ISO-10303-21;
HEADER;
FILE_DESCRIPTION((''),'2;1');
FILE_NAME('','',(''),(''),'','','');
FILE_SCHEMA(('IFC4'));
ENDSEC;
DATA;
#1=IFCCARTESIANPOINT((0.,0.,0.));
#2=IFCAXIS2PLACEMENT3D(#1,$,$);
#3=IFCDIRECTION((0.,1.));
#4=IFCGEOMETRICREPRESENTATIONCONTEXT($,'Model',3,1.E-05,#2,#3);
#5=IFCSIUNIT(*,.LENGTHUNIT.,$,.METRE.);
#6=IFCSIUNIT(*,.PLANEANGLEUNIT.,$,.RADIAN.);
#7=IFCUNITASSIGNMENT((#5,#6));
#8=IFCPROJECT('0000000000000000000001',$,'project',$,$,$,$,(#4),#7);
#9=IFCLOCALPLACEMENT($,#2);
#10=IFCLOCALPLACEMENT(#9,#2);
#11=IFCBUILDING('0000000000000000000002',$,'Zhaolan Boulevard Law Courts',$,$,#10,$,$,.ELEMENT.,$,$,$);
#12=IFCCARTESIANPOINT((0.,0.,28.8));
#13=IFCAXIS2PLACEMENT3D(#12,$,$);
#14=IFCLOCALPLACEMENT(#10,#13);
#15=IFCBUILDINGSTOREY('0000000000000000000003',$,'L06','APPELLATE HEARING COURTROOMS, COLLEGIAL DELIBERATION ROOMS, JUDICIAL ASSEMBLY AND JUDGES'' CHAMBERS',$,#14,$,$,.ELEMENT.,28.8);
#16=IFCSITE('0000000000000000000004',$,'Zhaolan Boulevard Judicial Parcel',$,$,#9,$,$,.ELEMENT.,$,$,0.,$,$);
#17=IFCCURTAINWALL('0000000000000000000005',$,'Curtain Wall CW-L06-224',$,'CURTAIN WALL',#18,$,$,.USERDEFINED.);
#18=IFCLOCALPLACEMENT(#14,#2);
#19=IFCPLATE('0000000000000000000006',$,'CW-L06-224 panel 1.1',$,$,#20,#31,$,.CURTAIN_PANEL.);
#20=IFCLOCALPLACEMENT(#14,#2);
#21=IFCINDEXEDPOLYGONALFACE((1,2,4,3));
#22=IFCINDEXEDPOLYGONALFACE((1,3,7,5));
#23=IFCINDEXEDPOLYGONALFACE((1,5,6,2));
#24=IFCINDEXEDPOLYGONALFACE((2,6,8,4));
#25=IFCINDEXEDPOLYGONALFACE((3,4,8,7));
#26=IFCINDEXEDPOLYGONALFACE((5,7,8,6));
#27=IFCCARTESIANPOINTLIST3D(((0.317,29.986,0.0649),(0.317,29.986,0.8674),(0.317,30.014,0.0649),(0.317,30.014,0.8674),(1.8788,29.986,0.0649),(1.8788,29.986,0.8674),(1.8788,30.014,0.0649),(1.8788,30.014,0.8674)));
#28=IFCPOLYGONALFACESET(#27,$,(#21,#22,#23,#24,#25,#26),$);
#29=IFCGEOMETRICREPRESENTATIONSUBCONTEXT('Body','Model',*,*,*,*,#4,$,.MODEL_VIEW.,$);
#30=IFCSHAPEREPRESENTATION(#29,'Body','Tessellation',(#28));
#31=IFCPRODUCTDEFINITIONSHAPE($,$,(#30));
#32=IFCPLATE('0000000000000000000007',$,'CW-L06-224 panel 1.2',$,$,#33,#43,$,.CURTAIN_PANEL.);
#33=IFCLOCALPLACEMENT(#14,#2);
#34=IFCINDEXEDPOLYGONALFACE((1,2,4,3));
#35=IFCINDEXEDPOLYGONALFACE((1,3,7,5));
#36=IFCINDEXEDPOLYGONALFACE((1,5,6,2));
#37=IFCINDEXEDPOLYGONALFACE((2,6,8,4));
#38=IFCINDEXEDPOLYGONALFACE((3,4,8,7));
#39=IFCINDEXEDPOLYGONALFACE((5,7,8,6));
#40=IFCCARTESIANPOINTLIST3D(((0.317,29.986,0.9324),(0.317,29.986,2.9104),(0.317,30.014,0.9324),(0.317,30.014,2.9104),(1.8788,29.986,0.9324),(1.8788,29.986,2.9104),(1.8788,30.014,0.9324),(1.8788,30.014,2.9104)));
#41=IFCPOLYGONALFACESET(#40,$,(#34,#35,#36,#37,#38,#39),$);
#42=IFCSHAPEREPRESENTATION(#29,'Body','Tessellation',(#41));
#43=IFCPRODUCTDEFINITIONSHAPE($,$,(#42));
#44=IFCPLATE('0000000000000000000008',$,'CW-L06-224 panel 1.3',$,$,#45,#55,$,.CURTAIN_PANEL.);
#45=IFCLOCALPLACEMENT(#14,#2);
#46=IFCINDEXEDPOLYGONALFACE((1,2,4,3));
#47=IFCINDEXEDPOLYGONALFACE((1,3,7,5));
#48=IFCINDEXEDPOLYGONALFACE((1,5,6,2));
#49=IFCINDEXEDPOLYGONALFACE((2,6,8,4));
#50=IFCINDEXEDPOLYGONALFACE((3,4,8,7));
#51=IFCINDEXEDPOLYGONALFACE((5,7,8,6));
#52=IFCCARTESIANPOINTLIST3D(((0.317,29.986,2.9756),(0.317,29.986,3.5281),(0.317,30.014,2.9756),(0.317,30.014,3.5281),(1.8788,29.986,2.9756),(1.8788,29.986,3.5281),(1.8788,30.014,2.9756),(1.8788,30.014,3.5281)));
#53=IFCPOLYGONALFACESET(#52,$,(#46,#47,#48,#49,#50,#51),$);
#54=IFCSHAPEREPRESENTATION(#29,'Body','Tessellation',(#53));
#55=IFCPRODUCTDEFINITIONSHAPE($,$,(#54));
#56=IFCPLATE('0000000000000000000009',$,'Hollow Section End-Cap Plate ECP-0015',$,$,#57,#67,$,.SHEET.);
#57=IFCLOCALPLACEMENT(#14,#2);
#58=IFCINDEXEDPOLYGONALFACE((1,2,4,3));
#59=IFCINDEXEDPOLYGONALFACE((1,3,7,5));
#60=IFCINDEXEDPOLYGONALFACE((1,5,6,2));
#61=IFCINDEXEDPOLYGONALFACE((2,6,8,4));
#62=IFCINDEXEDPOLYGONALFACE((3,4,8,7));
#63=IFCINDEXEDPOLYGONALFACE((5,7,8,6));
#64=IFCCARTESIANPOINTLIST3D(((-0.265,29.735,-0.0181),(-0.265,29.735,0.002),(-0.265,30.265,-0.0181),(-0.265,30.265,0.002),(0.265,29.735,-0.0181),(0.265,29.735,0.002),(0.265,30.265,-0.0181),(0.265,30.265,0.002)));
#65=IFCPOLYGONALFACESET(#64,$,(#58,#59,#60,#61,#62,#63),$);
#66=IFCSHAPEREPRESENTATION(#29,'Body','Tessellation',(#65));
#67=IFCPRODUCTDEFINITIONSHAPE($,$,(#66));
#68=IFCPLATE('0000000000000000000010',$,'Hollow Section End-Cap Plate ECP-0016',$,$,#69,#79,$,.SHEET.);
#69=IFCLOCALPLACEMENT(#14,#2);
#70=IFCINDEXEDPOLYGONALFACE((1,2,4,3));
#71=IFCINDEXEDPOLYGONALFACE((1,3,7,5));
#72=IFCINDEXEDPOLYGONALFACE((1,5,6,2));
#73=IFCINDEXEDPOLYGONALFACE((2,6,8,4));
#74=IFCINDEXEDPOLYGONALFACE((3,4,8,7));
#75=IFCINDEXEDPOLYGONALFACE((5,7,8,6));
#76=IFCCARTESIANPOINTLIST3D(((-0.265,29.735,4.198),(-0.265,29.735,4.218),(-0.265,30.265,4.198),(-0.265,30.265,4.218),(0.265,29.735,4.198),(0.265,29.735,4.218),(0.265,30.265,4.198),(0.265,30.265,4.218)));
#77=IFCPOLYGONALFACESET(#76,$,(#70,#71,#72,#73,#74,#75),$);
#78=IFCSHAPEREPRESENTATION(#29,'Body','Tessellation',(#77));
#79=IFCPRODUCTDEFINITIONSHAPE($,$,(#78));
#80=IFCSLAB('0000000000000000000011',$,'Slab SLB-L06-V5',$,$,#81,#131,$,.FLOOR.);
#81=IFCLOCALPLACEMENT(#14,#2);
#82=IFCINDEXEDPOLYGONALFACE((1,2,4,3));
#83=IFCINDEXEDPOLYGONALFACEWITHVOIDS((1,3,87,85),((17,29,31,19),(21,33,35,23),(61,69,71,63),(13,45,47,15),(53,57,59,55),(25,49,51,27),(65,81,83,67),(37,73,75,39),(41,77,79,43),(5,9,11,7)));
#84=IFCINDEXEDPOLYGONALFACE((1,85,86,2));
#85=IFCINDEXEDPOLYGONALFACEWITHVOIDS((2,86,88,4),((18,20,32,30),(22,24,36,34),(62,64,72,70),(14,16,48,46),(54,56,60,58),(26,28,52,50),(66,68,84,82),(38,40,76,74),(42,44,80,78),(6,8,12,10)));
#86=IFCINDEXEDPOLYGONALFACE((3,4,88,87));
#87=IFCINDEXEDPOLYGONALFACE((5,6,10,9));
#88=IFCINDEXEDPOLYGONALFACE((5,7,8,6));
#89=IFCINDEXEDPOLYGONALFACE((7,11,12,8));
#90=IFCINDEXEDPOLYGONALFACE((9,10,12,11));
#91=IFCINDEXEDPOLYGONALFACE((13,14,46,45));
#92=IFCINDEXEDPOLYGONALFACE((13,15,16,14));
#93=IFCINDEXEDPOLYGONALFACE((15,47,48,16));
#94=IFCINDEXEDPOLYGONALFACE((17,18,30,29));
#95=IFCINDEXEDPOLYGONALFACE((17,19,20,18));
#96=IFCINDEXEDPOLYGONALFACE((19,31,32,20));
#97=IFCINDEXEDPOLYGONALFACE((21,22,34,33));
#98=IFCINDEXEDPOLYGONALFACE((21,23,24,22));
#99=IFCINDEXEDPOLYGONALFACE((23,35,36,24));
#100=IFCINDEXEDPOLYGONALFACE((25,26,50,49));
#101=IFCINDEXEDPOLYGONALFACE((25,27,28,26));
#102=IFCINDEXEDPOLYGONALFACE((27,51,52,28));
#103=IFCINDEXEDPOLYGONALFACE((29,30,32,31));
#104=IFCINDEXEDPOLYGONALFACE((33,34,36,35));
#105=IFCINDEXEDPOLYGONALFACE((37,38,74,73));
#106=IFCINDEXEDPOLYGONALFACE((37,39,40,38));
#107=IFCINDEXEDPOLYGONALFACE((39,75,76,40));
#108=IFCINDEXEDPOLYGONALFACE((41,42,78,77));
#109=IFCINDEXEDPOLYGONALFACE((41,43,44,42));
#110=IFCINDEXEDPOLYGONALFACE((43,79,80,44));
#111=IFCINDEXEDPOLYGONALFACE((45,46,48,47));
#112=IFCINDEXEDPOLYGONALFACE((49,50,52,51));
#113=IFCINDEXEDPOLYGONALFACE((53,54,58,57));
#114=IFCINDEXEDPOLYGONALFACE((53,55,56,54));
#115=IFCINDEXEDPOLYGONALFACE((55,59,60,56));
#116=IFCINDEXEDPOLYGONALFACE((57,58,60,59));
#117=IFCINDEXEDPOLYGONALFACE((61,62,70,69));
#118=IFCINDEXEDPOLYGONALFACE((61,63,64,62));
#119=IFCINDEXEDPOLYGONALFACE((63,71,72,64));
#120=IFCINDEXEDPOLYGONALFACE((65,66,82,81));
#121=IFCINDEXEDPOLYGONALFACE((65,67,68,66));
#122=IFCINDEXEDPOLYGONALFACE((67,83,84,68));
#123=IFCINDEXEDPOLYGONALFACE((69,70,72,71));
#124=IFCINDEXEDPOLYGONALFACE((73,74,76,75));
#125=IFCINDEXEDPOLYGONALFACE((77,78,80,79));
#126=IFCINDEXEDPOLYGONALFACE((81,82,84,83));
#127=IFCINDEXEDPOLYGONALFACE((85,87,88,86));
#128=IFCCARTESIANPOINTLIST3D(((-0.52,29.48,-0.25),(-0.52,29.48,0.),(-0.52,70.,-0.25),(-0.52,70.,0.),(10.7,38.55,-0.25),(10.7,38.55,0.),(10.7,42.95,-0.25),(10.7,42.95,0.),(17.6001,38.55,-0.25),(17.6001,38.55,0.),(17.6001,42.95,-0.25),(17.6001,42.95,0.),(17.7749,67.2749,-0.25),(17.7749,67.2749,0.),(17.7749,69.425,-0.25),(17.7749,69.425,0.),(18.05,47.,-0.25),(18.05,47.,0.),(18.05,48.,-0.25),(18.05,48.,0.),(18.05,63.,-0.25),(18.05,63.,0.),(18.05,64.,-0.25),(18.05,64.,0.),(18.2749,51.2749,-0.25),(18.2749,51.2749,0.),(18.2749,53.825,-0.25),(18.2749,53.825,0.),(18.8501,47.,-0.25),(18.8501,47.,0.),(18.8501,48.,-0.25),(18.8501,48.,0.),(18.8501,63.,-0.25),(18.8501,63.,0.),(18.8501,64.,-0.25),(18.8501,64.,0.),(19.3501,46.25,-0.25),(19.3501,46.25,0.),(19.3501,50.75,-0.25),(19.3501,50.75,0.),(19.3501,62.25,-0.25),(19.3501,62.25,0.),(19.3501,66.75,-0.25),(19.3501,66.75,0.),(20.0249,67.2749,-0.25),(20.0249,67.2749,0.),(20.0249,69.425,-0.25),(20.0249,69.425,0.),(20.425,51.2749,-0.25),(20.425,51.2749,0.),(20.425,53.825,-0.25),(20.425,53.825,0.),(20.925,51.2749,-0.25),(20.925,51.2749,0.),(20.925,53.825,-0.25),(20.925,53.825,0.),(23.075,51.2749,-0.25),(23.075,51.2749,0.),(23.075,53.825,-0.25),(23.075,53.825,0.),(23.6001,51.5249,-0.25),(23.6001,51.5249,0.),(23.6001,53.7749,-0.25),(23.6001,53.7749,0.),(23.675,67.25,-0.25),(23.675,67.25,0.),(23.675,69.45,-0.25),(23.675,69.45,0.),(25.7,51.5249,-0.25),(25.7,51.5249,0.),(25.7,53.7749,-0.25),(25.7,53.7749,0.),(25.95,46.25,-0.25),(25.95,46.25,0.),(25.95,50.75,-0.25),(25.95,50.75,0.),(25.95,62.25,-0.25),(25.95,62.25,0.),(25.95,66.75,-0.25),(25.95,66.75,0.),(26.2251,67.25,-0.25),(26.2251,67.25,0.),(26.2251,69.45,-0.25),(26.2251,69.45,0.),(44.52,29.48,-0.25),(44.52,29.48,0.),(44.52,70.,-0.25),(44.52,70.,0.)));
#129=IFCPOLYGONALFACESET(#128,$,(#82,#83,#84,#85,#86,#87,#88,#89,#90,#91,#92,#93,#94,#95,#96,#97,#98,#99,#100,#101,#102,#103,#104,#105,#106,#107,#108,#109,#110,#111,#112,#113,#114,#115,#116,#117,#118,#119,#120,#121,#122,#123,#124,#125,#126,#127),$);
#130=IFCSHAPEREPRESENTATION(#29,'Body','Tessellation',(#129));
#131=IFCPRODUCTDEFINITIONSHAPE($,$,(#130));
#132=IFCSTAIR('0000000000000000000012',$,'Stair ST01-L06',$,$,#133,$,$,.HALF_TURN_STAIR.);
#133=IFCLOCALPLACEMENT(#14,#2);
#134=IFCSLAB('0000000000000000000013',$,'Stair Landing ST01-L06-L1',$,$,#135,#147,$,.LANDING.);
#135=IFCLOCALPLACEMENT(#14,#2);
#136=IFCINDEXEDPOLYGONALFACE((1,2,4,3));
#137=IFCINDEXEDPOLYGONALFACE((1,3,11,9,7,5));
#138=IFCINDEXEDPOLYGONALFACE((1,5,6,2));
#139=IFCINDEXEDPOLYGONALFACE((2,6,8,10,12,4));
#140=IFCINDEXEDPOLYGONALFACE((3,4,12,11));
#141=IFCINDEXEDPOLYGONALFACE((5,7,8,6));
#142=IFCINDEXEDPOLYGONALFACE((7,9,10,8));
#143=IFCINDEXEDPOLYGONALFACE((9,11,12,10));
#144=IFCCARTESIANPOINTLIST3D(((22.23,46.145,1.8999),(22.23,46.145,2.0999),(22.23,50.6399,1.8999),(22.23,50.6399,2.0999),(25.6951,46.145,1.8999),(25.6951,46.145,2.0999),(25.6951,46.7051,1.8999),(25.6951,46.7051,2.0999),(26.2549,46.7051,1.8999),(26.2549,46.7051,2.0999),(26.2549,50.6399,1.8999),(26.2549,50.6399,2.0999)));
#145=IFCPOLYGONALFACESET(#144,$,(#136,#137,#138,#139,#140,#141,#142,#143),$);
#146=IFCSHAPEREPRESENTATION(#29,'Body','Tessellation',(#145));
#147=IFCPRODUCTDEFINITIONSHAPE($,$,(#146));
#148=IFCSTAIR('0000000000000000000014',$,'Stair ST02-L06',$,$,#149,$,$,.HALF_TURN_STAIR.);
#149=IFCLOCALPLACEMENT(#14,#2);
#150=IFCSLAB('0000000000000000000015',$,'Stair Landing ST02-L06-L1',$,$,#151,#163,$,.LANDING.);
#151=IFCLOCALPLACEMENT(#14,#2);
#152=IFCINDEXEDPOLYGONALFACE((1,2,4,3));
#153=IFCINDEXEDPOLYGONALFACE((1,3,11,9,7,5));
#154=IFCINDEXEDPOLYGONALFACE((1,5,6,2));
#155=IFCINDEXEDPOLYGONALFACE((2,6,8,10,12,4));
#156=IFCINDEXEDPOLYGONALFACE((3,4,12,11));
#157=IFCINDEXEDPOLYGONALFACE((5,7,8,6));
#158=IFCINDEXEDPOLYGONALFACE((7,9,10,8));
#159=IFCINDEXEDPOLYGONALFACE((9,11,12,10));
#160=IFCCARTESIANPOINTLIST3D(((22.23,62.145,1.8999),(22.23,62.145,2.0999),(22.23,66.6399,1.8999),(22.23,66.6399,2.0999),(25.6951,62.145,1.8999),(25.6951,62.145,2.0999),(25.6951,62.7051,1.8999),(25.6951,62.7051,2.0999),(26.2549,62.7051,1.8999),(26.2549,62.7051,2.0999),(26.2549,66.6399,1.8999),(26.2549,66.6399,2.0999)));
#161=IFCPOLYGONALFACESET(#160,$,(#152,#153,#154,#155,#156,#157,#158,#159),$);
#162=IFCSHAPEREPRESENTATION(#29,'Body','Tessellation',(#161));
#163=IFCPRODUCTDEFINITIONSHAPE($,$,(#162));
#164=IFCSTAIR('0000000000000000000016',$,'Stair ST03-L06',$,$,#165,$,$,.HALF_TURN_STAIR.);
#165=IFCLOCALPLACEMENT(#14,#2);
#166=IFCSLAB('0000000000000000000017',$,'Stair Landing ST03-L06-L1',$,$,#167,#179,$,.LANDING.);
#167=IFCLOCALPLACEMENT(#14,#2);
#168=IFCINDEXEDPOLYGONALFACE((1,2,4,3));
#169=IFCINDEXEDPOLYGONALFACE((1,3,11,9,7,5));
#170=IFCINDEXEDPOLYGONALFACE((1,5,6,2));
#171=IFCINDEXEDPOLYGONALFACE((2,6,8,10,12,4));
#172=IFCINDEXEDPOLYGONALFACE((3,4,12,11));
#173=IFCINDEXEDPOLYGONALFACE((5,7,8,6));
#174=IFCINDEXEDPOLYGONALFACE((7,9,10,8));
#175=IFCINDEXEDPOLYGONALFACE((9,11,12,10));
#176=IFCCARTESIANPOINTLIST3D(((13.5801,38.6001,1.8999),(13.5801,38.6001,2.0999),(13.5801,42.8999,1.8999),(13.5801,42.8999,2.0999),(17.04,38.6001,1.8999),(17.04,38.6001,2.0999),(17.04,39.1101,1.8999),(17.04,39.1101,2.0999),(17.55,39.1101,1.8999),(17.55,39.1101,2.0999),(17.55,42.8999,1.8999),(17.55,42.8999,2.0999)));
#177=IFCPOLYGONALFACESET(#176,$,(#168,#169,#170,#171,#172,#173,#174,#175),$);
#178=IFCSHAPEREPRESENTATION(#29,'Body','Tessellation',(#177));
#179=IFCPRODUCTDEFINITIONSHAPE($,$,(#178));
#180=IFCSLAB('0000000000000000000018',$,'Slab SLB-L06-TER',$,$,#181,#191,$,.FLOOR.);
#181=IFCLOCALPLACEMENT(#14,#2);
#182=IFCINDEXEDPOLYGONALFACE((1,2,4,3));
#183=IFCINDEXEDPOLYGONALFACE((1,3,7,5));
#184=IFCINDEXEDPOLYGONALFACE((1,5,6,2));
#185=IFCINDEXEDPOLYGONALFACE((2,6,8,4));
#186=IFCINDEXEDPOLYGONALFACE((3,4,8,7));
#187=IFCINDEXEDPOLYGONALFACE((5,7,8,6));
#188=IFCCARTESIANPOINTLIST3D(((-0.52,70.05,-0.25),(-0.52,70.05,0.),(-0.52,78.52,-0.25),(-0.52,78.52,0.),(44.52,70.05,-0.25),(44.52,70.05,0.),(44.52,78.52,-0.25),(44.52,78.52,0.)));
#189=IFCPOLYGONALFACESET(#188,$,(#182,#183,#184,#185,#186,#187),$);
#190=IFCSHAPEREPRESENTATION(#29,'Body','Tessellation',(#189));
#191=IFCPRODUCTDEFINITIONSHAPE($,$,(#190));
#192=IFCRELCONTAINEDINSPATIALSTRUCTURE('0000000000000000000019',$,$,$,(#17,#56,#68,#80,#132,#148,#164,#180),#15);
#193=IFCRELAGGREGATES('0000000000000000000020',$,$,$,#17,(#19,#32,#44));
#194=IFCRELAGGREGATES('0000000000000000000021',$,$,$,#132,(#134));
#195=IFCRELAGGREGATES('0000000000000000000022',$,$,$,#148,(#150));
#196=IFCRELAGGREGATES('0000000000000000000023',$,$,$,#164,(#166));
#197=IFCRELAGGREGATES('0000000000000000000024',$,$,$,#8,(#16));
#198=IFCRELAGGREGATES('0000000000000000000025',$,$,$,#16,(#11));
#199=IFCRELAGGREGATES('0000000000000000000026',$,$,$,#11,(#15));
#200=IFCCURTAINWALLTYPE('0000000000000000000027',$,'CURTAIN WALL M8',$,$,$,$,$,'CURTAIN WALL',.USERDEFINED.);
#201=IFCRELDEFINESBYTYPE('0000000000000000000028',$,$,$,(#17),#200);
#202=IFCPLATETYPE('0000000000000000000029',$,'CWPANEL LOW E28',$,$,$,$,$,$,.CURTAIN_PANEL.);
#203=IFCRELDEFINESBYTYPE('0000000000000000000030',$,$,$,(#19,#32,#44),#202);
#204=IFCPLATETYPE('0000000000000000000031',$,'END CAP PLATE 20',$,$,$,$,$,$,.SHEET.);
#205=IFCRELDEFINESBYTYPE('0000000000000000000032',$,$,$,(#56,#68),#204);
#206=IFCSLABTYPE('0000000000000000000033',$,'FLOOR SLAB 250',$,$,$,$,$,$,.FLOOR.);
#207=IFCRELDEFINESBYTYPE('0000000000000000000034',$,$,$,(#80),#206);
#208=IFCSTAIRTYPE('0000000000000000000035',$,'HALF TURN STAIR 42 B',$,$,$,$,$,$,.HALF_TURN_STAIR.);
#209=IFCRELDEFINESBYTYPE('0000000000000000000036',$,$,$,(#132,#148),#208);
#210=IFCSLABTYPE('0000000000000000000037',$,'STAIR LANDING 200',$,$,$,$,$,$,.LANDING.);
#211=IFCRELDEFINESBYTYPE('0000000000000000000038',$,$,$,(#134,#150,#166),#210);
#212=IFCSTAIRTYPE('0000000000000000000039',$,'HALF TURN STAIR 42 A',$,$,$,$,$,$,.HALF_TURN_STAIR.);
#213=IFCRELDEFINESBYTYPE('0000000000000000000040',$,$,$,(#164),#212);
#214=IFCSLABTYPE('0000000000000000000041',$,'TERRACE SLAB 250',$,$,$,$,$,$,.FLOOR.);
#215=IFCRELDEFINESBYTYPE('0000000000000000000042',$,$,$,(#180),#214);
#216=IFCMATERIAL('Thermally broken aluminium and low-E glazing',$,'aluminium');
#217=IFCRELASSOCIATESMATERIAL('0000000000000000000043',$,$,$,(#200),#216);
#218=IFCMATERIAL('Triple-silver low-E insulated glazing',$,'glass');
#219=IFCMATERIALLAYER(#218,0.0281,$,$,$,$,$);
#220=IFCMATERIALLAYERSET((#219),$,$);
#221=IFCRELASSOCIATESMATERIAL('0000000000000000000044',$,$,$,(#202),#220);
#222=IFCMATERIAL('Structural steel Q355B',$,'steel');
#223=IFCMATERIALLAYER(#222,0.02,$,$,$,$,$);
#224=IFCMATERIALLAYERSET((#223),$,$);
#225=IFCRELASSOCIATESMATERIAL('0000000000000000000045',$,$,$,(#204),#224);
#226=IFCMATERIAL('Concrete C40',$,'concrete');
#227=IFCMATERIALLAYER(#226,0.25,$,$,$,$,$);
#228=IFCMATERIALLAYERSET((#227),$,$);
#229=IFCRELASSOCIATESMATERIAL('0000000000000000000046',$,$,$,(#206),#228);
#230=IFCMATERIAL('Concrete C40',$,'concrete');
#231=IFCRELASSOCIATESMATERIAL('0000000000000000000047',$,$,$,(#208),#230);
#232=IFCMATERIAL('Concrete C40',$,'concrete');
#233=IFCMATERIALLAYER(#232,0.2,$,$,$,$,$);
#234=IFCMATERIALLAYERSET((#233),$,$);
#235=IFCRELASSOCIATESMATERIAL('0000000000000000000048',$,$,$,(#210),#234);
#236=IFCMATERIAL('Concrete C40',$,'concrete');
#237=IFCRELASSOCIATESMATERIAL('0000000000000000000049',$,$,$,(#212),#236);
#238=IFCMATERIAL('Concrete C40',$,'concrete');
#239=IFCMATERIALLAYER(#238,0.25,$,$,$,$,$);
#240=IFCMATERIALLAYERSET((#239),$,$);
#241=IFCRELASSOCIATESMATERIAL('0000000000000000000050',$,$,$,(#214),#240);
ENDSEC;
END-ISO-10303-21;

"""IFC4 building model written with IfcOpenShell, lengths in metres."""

from ifc_helpers import new_model, si_unit, direction, frame, origin, origin_2d, place, context, subcontext, project, spatial, polyline, rectangle, outline, extrude, material, layer, layer_set, type_object, element, aggregate, save


model = new_model("IFC4")

# Units and contexts
model_context = context("Model", 3, precision=1e-05, world=origin(), true_north=direction((0.0, 1.0)))
body_context = subcontext(model_context, "Body", "Model", "MODEL_VIEW")
ifc_project = project(units=[si_unit("LENGTHUNIT", "METRE"), si_unit("PLANEANGLEUNIT", "RADIAN")], contexts=[model_context])

# Site, building, storey
site_placement = place(None, origin())
site = spatial("IfcSite", under=ifc_project, at=site_placement, Name="Zhaolan Boulevard Judicial Parcel", CompositionType="ELEMENT", RefElevation=0.0)
building_placement = place(site_placement, origin())
building = spatial("IfcBuilding", under=site, at=building_placement, Name="Zhaolan Boulevard Law Courts", CompositionType="ELEMENT")
storey_placement = place(building_placement, frame((0.0, 0.0, 28.8)))
storey = spatial("IfcBuildingStorey", under=building, at=storey_placement, Name="L06", Description="APPELLATE HEARING COURTROOMS, COLLEGIAL DELIBERATION ROOMS, JUDICIAL ASSEMBLY AND JUDGES' CHAMBERS", CompositionType="ELEMENT", Elevation=28.8)

# Curtain wall
ifc_material_1 = material(Name="Thermally broken aluminium and low-E glazing", Category="aluminium")
curtain_wall_type = type_object("IfcCurtainWallType", Name="CURTAIN WALL M8", ElementType="CURTAIN WALL", PredefinedType="USERDEFINED", material=ifc_material_1)
curtain_wall_placement = place(storey_placement, origin())
curtain_wall = element("IfcCurtainWall", 1, at=curtain_wall_placement, inside=storey, type_object=curtain_wall_type, Name="Curtain Wall CW-L06-224", ObjectType="CURTAIN WALL", PredefinedType="USERDEFINED")

# Plates
ifc_material_2 = material(Name="Triple-silver low-E insulated glazing", Category="glass")
ifc_layer_1 = layer(ifc_material_2, 0.0281)
ifc_layer_set_1 = layer_set([ifc_layer_1])
plate_type_1 = type_object("IfcPlateType", Name="CWPANEL LOW E28", PredefinedType="CURTAIN_PANEL", material=ifc_layer_set_1)
plate_1_placement = place(storey_placement, frame((1.0979, 30.0, 0.0649), z_axis=(0.0, 0.0, 1.0), x_axis=(1.0, 0.0, 0.0)))
plate_1 = element("IfcPlate", 2, at=plate_1_placement, type_object=plate_type_1, Name="CW-L06-224 panel 1.1", PredefinedType="CURTAIN_PANEL", context=body_context, shape_type="SweptSolid", body=[
    extrude(rectangle(XDim=1.5618, YDim=0.0281, at=origin_2d()), origin(), (0.0, 0.0, 1.0), 0.8025),
])
plate_2_placement = place(storey_placement, frame((1.0979, 30.0, 0.9324), z_axis=(0.0, 0.0, 1.0), x_axis=(1.0, 0.0, 0.0)))
plate_2 = element("IfcPlate", 3, at=plate_2_placement, type_object=plate_type_1, Name="CW-L06-224 panel 1.2", PredefinedType="CURTAIN_PANEL", context=body_context, shape_type="SweptSolid", body=[
    extrude(rectangle(XDim=1.5618, YDim=0.0281, at=origin_2d()), origin(), (0.0, 0.0, 1.0), 1.978),
])
plate_3_placement = place(storey_placement, frame((1.0979, 30.0, 2.9756), z_axis=(0.0, 0.0, 1.0), x_axis=(1.0, 0.0, 0.0)))
plate_3 = element("IfcPlate", 4, at=plate_3_placement, type_object=plate_type_1, Name="CW-L06-224 panel 1.3", PredefinedType="CURTAIN_PANEL", context=body_context, shape_type="SweptSolid", body=[
    extrude(rectangle(XDim=1.5618, YDim=0.0281, at=origin_2d()), origin(), (0.0, 0.0, 1.0), 0.5525),
])
aggregate(curtain_wall, [plate_1, plate_2, plate_3])

# Plates
ifc_material_3 = material(Name="Structural steel Q355B", Category="steel")
ifc_layer_2 = layer(ifc_material_3, 0.02)
ifc_layer_set_2 = layer_set([ifc_layer_2])
plate_type_2 = type_object("IfcPlateType", Name="END CAP PLATE 20", PredefinedType="SHEET", material=ifc_layer_set_2)
for number, where, z_axis, x_axis, name in (
    (5, (0.0, 30.0, -0.0181), (0.0, 0.0, 1.0), (1.0, 0.0, 0.0), "Hollow Section End-Cap Plate ECP-0015"),
    (6, (0.0, 30.0, 4.198), (0.0, 0.0, 1.0), (1.0, 0.0, 0.0), "Hollow Section End-Cap Plate ECP-0016"),
):
    element("IfcPlate", number, at=place(storey_placement, frame(where, z_axis=z_axis, x_axis=x_axis)), inside=storey, type_object=plate_type_2, Name=name, PredefinedType="SHEET", context=body_context, shape_type="SweptSolid", body=[
        extrude(rectangle(XDim=0.53, YDim=0.53, at=origin_2d()), origin(), (0.0, 0.0, 1.0), 0.02),
    ])

# Slab
ifc_material_4 = material(Name="Concrete C40", Category="concrete")
ifc_layer_3 = layer(ifc_material_4, 0.25)
ifc_layer_set_3 = layer_set([ifc_layer_3])
slab_type_1 = type_object("IfcSlabType", Name="FLOOR SLAB 250", PredefinedType="FLOOR", material=ifc_layer_set_3)
slab_1_placement = place(storey_placement, frame((0.0, 0.0, -0.25)))
element("IfcSlab", 7, at=slab_1_placement, inside=storey, type_object=slab_type_1, Name="Slab SLB-L06-V5", PredefinedType="FLOOR", context=body_context, shape_type="SweptSolid", body=[
    extrude(outline(polyline([(-0.52, 29.48), (44.52, 29.48), (44.52, 70.0), (-0.52, 70.0), (-0.52, 29.48)]), holes=[polyline([(18.2749, 51.2749), (20.425, 51.2749), (20.425, 53.825), (18.2749, 53.825), (18.2749, 51.2749)]), polyline([(20.925, 51.2749), (23.075, 51.2749), (23.075, 53.825), (20.925, 53.825), (20.925, 51.2749)]), polyline([(23.675, 67.25), (26.2251, 67.25), (26.2251, 69.45), (23.675, 69.45), (23.675, 67.25)]), polyline([(23.6001, 51.5249), (25.7, 51.5249), (25.7, 53.7749), (23.6001, 53.7749), (23.6001, 51.5249)]), polyline([(17.7749, 67.2749), (20.0249, 67.2749), (20.0249, 69.425), (17.7749, 69.425), (17.7749, 67.2749)]), polyline([(19.3501, 46.25), (25.95, 46.25), (25.95, 50.75), (19.3501, 50.75), (19.3501, 46.25)]), polyline([(19.3501, 62.25), (25.95, 62.25), (25.95, 66.75), (19.3501, 66.75), (19.3501, 62.25)]), polyline([(10.7, 38.55), (17.6001, 38.55), (17.6001, 42.95), (10.7, 42.95), (10.7, 38.55)]), polyline([(18.05, 47.0), (18.8501, 47.0), (18.8501, 48.0), (18.05, 48.0), (18.05, 47.0)]), polyline([(18.05, 63.0), (18.8501, 63.0), (18.8501, 64.0), (18.05, 64.0), (18.05, 63.0)])]), origin(), (0.0, 0.0, 1.0), 0.25),
])

# Stairs, slabs
ifc_material_5 = material(Name="Concrete C40", Category="concrete")
stair_type_1 = type_object("IfcStairType", Name="HALF TURN STAIR 42 B", PredefinedType="HALF_TURN_STAIR", material=ifc_material_5)
stair_1_placement = place(storey_placement, origin())
stair_1 = element("IfcStair", 8, at=stair_1_placement, inside=storey, type_object=stair_type_1, Name="Stair ST01-L06", PredefinedType="HALF_TURN_STAIR")
ifc_material_6 = material(Name="Concrete C40", Category="concrete")
ifc_layer_4 = layer(ifc_material_6, 0.2)
ifc_layer_set_4 = layer_set([ifc_layer_4])
slab_type_2 = type_object("IfcSlabType", Name="STAIR LANDING 200", PredefinedType="LANDING", material=ifc_layer_set_4)
slab_2_placement = place(storey_placement, frame((0.0, 0.0, 1.8999)))
slab_2 = element("IfcSlab", 9, at=slab_2_placement, type_object=slab_type_2, Name="Stair Landing ST01-L06-L1", PredefinedType="LANDING", context=body_context, shape_type="SweptSolid", body=[
    extrude(outline(polyline([(22.23, 46.145), (25.6951, 46.145), (25.6951, 46.7051), (26.2549, 46.7051), (26.2549, 50.6399), (22.23, 50.6399), (22.23, 46.145)])), origin(), (0.0, 0.0, 1.0), 0.2),
])
aggregate(stair_1, [slab_2])
stair_2_placement = place(storey_placement, origin())
stair_2 = element("IfcStair", 10, at=stair_2_placement, inside=storey, type_object=stair_type_1, Name="Stair ST02-L06", PredefinedType="HALF_TURN_STAIR")
slab_3_placement = place(storey_placement, frame((0.0, 0.0, 1.8999)))
slab_3 = element("IfcSlab", 11, at=slab_3_placement, type_object=slab_type_2, Name="Stair Landing ST02-L06-L1", PredefinedType="LANDING", context=body_context, shape_type="SweptSolid", body=[
    extrude(outline(polyline([(22.23, 62.145), (25.6951, 62.145), (25.6951, 62.7051), (26.2549, 62.7051), (26.2549, 66.6399), (22.23, 66.6399), (22.23, 62.145)])), origin(), (0.0, 0.0, 1.0), 0.2),
])
aggregate(stair_2, [slab_3])
ifc_material_7 = material(Name="Concrete C40", Category="concrete")
stair_type_2 = type_object("IfcStairType", Name="HALF TURN STAIR 42 A", PredefinedType="HALF_TURN_STAIR", material=ifc_material_7)
stair_3_placement = place(storey_placement, origin())
stair_3 = element("IfcStair", 12, at=stair_3_placement, inside=storey, type_object=stair_type_2, Name="Stair ST03-L06", PredefinedType="HALF_TURN_STAIR")
slab_4_placement = place(storey_placement, frame((0.0, 0.0, 1.8999)))
slab_4 = element("IfcSlab", 13, at=slab_4_placement, type_object=slab_type_2, Name="Stair Landing ST03-L06-L1", PredefinedType="LANDING", context=body_context, shape_type="SweptSolid", body=[
    extrude(outline(polyline([(13.5801, 38.6001), (17.04, 38.6001), (17.04, 39.1101), (17.55, 39.1101), (17.55, 42.8999), (13.5801, 42.8999), (13.5801, 38.6001)])), origin(), (0.0, 0.0, 1.0), 0.2),
])
aggregate(stair_3, [slab_4])

# Slab
ifc_material_8 = material(Name="Concrete C40", Category="concrete")
ifc_layer_5 = layer(ifc_material_8, 0.25)
ifc_layer_set_5 = layer_set([ifc_layer_5])
slab_type_3 = type_object("IfcSlabType", Name="TERRACE SLAB 250", PredefinedType="FLOOR", material=ifc_layer_set_5)
slab_5_placement = place(storey_placement, frame((0.0, 0.0, -0.25)))
element("IfcSlab", 14, at=slab_5_placement, inside=storey, type_object=slab_type_3, Name="Slab SLB-L06-TER", PredefinedType="FLOOR", context=body_context, shape_type="SweptSolid", body=[
    extrude(outline(polyline([(-0.52, 70.05), (44.52, 70.05), (44.52, 78.52), (-0.52, 78.52), (-0.52, 70.05)])), origin(), (0.0, 0.0, 1.0), 0.25),
])

save(model, "model.ifc")
